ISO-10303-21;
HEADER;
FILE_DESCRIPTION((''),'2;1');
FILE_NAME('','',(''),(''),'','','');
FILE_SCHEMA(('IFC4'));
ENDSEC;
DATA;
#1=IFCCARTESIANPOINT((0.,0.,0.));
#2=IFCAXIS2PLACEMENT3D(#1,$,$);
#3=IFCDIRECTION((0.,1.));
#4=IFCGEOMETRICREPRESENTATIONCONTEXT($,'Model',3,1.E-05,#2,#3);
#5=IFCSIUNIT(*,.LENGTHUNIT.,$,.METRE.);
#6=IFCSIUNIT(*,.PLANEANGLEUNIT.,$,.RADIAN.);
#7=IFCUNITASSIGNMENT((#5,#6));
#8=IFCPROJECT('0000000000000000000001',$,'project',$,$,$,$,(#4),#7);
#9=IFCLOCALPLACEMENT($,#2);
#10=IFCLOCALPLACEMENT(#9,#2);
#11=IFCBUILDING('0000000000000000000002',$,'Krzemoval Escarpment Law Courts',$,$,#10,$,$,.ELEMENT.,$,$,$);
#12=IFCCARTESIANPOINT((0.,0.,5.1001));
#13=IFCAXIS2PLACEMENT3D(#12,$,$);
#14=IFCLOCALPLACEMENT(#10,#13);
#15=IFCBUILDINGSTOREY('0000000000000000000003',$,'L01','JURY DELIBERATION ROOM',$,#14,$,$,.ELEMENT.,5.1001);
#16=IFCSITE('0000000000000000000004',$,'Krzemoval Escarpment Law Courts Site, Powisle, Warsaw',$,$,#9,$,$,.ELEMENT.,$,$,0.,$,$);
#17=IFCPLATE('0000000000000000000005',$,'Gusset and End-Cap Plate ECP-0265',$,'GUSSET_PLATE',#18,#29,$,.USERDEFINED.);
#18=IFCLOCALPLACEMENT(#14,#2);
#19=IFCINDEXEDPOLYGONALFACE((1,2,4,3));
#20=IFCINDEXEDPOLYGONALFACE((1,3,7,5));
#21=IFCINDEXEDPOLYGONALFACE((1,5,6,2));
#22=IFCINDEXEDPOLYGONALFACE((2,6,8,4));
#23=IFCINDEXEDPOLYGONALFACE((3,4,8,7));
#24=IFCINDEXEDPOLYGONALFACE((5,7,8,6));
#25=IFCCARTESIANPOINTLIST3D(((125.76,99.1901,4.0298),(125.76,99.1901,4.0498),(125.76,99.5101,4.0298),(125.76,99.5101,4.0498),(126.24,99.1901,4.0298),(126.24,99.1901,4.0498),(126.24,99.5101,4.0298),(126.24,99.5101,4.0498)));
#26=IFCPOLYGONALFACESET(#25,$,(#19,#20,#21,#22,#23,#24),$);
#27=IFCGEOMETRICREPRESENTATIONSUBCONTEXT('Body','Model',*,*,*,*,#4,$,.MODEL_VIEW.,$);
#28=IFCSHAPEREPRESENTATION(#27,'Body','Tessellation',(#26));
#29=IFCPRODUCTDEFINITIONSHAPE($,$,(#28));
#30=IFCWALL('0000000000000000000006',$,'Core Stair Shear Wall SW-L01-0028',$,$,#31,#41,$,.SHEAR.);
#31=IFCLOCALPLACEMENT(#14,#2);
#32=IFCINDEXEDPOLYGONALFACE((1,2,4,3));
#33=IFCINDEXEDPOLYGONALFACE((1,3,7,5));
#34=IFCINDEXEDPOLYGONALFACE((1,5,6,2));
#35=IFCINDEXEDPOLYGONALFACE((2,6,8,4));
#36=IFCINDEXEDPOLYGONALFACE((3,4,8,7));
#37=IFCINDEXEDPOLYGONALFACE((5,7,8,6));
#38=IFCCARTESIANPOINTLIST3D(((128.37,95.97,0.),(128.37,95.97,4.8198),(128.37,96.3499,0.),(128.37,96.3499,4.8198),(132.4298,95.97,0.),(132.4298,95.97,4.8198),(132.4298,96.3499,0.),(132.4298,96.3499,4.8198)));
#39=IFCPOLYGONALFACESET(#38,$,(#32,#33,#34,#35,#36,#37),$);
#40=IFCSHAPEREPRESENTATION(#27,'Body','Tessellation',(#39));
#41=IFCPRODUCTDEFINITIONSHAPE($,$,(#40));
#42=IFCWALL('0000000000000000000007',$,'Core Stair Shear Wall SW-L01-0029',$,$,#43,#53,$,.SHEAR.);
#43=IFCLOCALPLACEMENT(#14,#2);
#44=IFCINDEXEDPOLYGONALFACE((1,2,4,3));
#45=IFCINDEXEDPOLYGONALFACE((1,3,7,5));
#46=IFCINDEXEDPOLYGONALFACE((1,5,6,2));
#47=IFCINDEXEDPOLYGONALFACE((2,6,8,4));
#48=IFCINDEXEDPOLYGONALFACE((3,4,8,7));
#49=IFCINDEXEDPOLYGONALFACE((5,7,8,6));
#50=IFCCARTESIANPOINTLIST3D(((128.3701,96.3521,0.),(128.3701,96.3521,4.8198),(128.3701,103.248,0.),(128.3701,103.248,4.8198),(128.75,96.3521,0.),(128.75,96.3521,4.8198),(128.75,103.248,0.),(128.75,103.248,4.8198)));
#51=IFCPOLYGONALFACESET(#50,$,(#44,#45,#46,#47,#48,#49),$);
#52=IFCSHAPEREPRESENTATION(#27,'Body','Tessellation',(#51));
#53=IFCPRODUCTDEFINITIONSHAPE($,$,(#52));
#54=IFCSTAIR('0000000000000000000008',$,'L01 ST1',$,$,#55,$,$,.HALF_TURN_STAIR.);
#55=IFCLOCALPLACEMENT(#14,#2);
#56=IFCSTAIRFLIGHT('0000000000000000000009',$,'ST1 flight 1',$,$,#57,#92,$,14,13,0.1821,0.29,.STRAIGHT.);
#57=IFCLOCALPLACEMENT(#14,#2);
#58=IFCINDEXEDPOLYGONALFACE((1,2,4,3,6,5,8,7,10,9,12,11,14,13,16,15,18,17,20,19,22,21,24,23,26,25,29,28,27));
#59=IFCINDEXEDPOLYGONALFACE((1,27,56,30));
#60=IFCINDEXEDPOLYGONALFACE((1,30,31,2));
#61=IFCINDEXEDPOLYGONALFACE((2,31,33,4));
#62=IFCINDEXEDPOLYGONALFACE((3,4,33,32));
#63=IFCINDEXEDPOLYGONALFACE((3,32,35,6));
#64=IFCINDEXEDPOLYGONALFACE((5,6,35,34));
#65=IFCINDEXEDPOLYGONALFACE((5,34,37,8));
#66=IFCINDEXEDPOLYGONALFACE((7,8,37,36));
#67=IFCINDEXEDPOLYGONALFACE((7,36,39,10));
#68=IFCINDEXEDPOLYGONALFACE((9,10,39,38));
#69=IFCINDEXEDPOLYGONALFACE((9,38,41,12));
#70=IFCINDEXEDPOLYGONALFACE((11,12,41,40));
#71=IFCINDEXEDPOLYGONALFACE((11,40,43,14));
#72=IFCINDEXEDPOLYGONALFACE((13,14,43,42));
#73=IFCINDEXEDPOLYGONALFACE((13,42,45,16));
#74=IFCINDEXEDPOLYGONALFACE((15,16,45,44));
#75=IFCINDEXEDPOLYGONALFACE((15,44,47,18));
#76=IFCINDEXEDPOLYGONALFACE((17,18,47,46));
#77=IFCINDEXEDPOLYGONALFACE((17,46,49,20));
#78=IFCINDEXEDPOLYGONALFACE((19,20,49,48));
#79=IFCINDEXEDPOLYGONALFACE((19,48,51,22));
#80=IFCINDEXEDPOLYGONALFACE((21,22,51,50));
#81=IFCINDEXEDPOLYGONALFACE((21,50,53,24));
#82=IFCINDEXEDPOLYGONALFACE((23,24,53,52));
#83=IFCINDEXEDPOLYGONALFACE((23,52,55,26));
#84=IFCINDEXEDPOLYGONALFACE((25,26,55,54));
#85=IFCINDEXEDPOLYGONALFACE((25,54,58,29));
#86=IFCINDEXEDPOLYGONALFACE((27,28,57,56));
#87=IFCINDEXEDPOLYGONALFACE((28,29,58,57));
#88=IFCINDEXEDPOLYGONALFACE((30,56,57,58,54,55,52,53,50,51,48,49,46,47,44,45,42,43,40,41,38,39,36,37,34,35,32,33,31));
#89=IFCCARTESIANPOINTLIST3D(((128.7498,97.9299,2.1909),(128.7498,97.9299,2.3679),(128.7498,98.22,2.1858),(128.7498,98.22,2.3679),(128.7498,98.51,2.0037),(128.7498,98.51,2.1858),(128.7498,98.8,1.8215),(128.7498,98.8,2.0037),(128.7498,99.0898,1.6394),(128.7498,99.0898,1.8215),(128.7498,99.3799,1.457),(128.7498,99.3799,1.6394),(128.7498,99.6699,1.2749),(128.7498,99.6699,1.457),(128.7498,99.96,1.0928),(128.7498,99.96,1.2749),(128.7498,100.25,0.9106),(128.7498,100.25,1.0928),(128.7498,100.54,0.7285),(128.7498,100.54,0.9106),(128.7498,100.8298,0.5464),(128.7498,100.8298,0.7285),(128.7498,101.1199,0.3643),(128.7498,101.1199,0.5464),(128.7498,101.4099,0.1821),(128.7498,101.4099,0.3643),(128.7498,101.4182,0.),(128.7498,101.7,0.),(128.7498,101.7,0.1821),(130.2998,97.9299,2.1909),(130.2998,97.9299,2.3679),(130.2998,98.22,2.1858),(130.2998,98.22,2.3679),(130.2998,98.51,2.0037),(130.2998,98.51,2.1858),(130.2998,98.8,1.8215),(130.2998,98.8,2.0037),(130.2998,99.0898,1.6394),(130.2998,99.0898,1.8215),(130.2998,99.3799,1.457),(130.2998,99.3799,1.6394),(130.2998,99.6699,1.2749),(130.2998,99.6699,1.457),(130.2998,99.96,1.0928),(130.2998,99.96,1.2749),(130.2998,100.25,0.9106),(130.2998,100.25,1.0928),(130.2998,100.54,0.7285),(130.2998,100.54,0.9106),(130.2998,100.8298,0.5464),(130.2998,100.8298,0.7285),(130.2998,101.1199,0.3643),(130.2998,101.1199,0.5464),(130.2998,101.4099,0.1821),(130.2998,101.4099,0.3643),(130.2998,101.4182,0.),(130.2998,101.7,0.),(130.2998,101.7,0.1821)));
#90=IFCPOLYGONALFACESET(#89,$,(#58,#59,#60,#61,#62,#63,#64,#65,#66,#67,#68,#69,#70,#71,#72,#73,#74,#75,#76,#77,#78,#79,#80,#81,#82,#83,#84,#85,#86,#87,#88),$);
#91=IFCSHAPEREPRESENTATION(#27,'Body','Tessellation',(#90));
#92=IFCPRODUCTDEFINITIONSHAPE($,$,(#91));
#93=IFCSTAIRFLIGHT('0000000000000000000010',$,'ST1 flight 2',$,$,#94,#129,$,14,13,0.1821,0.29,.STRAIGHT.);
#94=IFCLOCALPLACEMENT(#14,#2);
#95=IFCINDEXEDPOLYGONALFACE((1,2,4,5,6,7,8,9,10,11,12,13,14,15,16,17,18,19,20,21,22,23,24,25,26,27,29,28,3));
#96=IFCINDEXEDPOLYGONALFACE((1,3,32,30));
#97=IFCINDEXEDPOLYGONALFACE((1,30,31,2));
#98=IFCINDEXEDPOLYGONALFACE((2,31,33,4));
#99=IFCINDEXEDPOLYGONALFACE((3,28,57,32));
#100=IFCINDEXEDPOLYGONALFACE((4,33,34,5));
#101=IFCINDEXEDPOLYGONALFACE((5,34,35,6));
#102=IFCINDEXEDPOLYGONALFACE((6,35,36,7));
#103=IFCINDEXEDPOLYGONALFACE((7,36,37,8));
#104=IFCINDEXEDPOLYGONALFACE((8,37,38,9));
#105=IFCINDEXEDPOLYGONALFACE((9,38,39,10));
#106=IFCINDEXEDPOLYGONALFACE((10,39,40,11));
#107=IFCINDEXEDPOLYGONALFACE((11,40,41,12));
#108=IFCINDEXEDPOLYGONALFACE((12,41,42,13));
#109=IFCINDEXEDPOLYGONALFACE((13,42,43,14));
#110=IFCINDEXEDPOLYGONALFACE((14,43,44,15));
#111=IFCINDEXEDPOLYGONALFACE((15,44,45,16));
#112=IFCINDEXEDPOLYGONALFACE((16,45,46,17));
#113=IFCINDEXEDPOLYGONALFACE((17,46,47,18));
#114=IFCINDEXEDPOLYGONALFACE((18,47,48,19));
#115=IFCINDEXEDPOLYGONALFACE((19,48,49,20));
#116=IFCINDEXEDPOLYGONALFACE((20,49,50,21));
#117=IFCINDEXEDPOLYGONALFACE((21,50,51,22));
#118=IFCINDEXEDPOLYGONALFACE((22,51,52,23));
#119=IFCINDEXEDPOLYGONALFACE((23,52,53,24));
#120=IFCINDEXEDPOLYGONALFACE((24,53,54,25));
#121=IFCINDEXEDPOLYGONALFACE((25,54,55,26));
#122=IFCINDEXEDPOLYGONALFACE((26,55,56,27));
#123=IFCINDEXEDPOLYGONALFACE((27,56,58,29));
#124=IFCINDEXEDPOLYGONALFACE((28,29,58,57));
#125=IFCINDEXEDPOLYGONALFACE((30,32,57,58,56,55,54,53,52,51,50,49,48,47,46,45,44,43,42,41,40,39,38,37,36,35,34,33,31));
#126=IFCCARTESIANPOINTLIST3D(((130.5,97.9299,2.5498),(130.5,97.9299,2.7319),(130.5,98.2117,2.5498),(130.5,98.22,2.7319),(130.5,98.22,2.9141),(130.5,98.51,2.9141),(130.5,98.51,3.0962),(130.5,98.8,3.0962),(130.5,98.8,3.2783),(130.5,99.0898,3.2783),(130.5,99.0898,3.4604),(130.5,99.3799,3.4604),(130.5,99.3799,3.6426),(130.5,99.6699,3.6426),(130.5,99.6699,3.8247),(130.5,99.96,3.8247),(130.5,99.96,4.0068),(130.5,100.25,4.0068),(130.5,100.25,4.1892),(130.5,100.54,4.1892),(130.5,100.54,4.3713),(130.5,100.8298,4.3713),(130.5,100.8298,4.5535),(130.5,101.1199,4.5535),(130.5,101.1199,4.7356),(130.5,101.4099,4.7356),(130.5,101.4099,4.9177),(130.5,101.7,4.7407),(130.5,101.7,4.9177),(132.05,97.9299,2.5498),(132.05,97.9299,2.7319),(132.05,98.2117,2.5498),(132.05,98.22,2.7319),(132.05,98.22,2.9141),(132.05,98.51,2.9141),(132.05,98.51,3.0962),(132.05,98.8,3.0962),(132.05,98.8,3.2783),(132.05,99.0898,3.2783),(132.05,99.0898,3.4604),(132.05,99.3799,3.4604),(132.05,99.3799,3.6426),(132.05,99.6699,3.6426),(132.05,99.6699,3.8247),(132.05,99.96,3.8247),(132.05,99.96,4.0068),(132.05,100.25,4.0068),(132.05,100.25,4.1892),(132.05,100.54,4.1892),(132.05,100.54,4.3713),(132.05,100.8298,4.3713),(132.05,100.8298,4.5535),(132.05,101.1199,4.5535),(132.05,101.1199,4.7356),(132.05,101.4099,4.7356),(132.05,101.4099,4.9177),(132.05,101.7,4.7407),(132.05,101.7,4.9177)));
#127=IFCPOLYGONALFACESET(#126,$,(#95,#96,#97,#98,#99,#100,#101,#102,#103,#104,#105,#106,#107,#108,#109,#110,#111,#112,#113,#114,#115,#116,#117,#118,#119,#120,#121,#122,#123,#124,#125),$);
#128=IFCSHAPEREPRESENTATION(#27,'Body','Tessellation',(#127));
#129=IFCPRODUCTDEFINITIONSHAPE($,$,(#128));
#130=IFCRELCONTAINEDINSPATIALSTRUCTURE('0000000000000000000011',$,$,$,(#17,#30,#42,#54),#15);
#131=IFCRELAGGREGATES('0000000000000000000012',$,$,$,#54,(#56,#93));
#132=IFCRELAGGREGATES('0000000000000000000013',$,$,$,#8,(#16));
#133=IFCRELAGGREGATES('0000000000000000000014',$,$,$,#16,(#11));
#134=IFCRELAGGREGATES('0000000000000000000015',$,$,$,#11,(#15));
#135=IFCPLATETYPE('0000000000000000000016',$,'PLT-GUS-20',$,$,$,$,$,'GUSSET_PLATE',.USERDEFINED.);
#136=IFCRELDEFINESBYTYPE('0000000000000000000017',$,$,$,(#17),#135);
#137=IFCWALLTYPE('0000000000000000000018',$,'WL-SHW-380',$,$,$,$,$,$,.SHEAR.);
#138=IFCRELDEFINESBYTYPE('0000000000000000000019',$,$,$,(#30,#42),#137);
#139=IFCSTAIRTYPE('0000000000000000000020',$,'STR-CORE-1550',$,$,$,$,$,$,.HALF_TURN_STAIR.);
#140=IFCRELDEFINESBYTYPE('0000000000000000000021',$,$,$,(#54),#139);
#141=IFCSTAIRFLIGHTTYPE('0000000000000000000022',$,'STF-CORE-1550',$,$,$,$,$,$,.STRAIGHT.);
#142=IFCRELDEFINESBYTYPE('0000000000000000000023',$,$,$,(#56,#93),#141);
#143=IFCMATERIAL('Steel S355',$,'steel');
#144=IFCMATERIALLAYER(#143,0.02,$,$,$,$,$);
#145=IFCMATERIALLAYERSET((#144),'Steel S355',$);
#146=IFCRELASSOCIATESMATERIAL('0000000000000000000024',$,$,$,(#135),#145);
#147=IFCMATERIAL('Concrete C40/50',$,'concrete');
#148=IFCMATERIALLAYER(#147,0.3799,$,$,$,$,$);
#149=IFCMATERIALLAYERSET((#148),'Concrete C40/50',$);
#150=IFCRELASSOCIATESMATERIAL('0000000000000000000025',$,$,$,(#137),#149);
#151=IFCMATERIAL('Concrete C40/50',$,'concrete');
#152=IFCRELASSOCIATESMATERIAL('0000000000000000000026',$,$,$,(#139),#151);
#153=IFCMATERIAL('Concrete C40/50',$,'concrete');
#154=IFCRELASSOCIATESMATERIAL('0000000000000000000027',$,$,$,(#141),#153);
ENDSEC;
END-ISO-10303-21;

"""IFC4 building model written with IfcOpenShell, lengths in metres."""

from ifc_helpers import new_model, si_unit, direction, frame, frame_2d, origin, origin_2d, place, context, subcontext, project, spatial, polyline, rectangle, outline, extrude, material, layer, layer_set, type_object, element, aggregate, save


model = new_model("IFC4")

# Units and contexts
model_context = context("Model", 3, precision=1e-05, world=origin(), true_north=direction((0.0, 1.0)))
body_context = subcontext(model_context, "Body", "Model", "MODEL_VIEW")
ifc_project = project(units=[si_unit("LENGTHUNIT", "METRE"), si_unit("PLANEANGLEUNIT", "RADIAN")], contexts=[model_context])

# Site, building, storey
site_placement = place(None, origin())
site = spatial("IfcSite", under=ifc_project, at=site_placement, Name="Krzemoval Escarpment Law Courts Site, Powisle, Warsaw", CompositionType="ELEMENT", RefElevation=0.0)
building_placement = place(site_placement, origin())
building = spatial("IfcBuilding", under=site, at=building_placement, Name="Krzemoval Escarpment Law Courts", CompositionType="ELEMENT")
storey_placement = place(building_placement, frame((0.0, 0.0, 5.1001)))
storey = spatial("IfcBuildingStorey", under=building, at=storey_placement, Name="L01", Description="JURY DELIBERATION ROOM", CompositionType="ELEMENT", Elevation=5.1001)

# Plate
ifc_material_1 = material(Name="Steel S355", Category="steel")
ifc_layer_1 = layer(ifc_material_1, 0.02)
ifc_layer_set_1 = layer_set([ifc_layer_1], Name="Steel S355")
plate_type_1 = type_object("IfcPlateType", Name="PLT-GUS-20", ElementType="GUSSET_PLATE", PredefinedType="USERDEFINED", material=ifc_layer_set_1)
plate_1_placement = place(storey_placement, frame((126.0, 99.3501, 4.0298), z_axis=(0.0, 0.0, 1.0), x_axis=(1.0, 0.0, 0.0)))
element("IfcPlate", 1, at=plate_1_placement, inside=storey, type_object=plate_type_1, Name="Gusset and End-Cap Plate ECP-0265", ObjectType="GUSSET_PLATE", PredefinedType="USERDEFINED", context=body_context, shape_type="SweptSolid", body=[
    extrude(rectangle(XDim=0.48, YDim=0.3201, at=origin_2d()), origin(), (0.0, 0.0, 1.0), 0.02),
])

# Walls
ifc_material_2 = material(Name="Concrete C40/50", Category="concrete")
ifc_layer_2 = layer(ifc_material_2, 0.3799)
ifc_layer_set_2 = layer_set([ifc_layer_2], Name="Concrete C40/50")
wall_type = type_object("IfcWallType", Name="WL-SHW-380", PredefinedType="SHEAR", material=ifc_layer_set_2)
wall_1_placement = place(storey_placement, frame((128.3701, 96.1599, 0.0), z_axis=(0.0, 0.0, 1.0), x_axis=(1.0, 0.0, 0.0)))
element("IfcWall", 2, at=wall_1_placement, inside=storey, type_object=wall_type, Name="Core Stair Shear Wall SW-L01-0028", PredefinedType="SHEAR", context=body_context, shape_type="SweptSolid", body=[
    extrude(rectangle(XDim=4.0598, YDim=0.3799, at=frame_2d((2.0298, 0.0))), origin(), (0.0, 0.0, 1.0), 4.8198),
])
wall_2_placement = place(storey_placement, frame((128.5601, 96.3521, 0.0), z_axis=(0.0, 0.0, 1.0), x_axis=(0.0, 1.0, 0.0)))
element("IfcWall", 3, at=wall_2_placement, inside=storey, type_object=wall_type, Name="Core Stair Shear Wall SW-L01-0029", PredefinedType="SHEAR", context=body_context, shape_type="SweptSolid", body=[
    extrude(rectangle(XDim=6.896, YDim=0.3799, at=frame_2d((3.448, 0.0))), origin(), (0.0, 0.0, 1.0), 4.8198),
])

# Stair, stair flights
ifc_material_3 = material(Name="Concrete C40/50", Category="concrete")
stair_type = type_object("IfcStairType", Name="STR-CORE-1550", PredefinedType="HALF_TURN_STAIR", material=ifc_material_3)
stair_placement = place(storey_placement, origin())
stair = element("IfcStair", 4, at=stair_placement, inside=storey, type_object=stair_type, Name="L01 ST1", PredefinedType="HALF_TURN_STAIR")
ifc_material_4 = material(Name="Concrete C40/50", Category="concrete")
stair_flight_type = type_object("IfcStairFlightType", Name="STF-CORE-1550", PredefinedType="STRAIGHT", material=ifc_material_4)
stair_flight_1_placement = place(storey_placement, frame((129.5249, 101.7, 0.0), z_axis=(0.0, 0.0, 1.0), x_axis=(0.0, -1.0, 0.0)))
stair_flight_1 = element("IfcStairFlight", 5, at=stair_flight_1_placement, type_object=stair_flight_type, Name="ST1 flight 1", NumberOfRisers=14, NumberOfTreads=13, PredefinedType="STRAIGHT", RiserHeight=0.1821, TreadLength=0.29, context=body_context, shape_type="SweptSolid", body=[
    extrude(outline(polyline([(0.0, 0.0), (0.0, 0.1821), (0.29, 0.1821), (0.29, 0.3643), (0.5801, 0.3643), (0.5801, 0.5464), (0.8701, 0.5464), (0.8701, 0.7285), (1.1599, 0.7285), (1.1599, 0.9106), (1.45, 0.9106), (1.45, 1.0928), (1.74, 1.0928), (1.74, 1.2749), (2.03, 1.2749), (2.03, 1.457), (2.3201, 1.457), (2.3201, 1.6394), (2.6101, 1.6394), (2.6101, 1.8215), (2.8999, 1.8215), (2.8999, 2.0037), (3.1899, 2.0037), (3.1899, 2.1858), (3.48, 2.1858), (3.48, 2.3679), (3.77, 2.3679), (3.77, 2.55), (3.77, 2.1909), (0.2817, 0.0), (0.0, 0.0)])), frame((0.0, 0.7749, 0.0), z_axis=(0.0, -1.0, 0.0), x_axis=(1.0, 0.0, 0.0)), (0.0, 0.0, 1.0), 1.55),
])
stair_flight_2_placement = place(storey_placement, frame((131.2749, 97.9299, 2.5498), z_axis=(0.0, 0.0, 1.0), x_axis=(0.0, 1.0, 0.0)))
stair_flight_2 = element("IfcStairFlight", 6, at=stair_flight_2_placement, type_object=stair_flight_type, Name="ST1 flight 2", NumberOfRisers=14, NumberOfTreads=13, PredefinedType="STRAIGHT", RiserHeight=0.1821, TreadLength=0.29, context=body_context, shape_type="SweptSolid", body=[
    extrude(outline(polyline([(0.0, 0.0), (0.0, 0.1821), (0.29, 0.1821), (0.29, 0.3643), (0.5801, 0.3643), (0.5801, 0.5464), (0.8701, 0.5464), (0.8701, 0.7285), (1.1599, 0.7285), (1.1599, 0.9106), (1.45, 0.9106), (1.45, 1.0928), (1.74, 1.0928), (1.74, 1.2749), (2.03, 1.2749), (2.03, 1.457), (2.3201, 1.457), (2.3201, 1.6394), (2.6101, 1.6394), (2.6101, 1.8215), (2.8999, 1.8215), (2.8999, 2.0037), (3.1899, 2.0037), (3.1899, 2.1858), (3.48, 2.1858), (3.48, 2.3679), (3.77, 2.3679), (3.77, 2.55), (3.77, 2.1909), (0.2817, 0.0), (0.0, 0.0)])), frame((0.0, 0.7749, 0.0), z_axis=(0.0, -1.0, 0.0), x_axis=(1.0, 0.0, 0.0)), (0.0, 0.0, 1.0), 1.55),
])
aggregate(stair, [stair_flight_1, stair_flight_2])

save(model, "model.ifc")
